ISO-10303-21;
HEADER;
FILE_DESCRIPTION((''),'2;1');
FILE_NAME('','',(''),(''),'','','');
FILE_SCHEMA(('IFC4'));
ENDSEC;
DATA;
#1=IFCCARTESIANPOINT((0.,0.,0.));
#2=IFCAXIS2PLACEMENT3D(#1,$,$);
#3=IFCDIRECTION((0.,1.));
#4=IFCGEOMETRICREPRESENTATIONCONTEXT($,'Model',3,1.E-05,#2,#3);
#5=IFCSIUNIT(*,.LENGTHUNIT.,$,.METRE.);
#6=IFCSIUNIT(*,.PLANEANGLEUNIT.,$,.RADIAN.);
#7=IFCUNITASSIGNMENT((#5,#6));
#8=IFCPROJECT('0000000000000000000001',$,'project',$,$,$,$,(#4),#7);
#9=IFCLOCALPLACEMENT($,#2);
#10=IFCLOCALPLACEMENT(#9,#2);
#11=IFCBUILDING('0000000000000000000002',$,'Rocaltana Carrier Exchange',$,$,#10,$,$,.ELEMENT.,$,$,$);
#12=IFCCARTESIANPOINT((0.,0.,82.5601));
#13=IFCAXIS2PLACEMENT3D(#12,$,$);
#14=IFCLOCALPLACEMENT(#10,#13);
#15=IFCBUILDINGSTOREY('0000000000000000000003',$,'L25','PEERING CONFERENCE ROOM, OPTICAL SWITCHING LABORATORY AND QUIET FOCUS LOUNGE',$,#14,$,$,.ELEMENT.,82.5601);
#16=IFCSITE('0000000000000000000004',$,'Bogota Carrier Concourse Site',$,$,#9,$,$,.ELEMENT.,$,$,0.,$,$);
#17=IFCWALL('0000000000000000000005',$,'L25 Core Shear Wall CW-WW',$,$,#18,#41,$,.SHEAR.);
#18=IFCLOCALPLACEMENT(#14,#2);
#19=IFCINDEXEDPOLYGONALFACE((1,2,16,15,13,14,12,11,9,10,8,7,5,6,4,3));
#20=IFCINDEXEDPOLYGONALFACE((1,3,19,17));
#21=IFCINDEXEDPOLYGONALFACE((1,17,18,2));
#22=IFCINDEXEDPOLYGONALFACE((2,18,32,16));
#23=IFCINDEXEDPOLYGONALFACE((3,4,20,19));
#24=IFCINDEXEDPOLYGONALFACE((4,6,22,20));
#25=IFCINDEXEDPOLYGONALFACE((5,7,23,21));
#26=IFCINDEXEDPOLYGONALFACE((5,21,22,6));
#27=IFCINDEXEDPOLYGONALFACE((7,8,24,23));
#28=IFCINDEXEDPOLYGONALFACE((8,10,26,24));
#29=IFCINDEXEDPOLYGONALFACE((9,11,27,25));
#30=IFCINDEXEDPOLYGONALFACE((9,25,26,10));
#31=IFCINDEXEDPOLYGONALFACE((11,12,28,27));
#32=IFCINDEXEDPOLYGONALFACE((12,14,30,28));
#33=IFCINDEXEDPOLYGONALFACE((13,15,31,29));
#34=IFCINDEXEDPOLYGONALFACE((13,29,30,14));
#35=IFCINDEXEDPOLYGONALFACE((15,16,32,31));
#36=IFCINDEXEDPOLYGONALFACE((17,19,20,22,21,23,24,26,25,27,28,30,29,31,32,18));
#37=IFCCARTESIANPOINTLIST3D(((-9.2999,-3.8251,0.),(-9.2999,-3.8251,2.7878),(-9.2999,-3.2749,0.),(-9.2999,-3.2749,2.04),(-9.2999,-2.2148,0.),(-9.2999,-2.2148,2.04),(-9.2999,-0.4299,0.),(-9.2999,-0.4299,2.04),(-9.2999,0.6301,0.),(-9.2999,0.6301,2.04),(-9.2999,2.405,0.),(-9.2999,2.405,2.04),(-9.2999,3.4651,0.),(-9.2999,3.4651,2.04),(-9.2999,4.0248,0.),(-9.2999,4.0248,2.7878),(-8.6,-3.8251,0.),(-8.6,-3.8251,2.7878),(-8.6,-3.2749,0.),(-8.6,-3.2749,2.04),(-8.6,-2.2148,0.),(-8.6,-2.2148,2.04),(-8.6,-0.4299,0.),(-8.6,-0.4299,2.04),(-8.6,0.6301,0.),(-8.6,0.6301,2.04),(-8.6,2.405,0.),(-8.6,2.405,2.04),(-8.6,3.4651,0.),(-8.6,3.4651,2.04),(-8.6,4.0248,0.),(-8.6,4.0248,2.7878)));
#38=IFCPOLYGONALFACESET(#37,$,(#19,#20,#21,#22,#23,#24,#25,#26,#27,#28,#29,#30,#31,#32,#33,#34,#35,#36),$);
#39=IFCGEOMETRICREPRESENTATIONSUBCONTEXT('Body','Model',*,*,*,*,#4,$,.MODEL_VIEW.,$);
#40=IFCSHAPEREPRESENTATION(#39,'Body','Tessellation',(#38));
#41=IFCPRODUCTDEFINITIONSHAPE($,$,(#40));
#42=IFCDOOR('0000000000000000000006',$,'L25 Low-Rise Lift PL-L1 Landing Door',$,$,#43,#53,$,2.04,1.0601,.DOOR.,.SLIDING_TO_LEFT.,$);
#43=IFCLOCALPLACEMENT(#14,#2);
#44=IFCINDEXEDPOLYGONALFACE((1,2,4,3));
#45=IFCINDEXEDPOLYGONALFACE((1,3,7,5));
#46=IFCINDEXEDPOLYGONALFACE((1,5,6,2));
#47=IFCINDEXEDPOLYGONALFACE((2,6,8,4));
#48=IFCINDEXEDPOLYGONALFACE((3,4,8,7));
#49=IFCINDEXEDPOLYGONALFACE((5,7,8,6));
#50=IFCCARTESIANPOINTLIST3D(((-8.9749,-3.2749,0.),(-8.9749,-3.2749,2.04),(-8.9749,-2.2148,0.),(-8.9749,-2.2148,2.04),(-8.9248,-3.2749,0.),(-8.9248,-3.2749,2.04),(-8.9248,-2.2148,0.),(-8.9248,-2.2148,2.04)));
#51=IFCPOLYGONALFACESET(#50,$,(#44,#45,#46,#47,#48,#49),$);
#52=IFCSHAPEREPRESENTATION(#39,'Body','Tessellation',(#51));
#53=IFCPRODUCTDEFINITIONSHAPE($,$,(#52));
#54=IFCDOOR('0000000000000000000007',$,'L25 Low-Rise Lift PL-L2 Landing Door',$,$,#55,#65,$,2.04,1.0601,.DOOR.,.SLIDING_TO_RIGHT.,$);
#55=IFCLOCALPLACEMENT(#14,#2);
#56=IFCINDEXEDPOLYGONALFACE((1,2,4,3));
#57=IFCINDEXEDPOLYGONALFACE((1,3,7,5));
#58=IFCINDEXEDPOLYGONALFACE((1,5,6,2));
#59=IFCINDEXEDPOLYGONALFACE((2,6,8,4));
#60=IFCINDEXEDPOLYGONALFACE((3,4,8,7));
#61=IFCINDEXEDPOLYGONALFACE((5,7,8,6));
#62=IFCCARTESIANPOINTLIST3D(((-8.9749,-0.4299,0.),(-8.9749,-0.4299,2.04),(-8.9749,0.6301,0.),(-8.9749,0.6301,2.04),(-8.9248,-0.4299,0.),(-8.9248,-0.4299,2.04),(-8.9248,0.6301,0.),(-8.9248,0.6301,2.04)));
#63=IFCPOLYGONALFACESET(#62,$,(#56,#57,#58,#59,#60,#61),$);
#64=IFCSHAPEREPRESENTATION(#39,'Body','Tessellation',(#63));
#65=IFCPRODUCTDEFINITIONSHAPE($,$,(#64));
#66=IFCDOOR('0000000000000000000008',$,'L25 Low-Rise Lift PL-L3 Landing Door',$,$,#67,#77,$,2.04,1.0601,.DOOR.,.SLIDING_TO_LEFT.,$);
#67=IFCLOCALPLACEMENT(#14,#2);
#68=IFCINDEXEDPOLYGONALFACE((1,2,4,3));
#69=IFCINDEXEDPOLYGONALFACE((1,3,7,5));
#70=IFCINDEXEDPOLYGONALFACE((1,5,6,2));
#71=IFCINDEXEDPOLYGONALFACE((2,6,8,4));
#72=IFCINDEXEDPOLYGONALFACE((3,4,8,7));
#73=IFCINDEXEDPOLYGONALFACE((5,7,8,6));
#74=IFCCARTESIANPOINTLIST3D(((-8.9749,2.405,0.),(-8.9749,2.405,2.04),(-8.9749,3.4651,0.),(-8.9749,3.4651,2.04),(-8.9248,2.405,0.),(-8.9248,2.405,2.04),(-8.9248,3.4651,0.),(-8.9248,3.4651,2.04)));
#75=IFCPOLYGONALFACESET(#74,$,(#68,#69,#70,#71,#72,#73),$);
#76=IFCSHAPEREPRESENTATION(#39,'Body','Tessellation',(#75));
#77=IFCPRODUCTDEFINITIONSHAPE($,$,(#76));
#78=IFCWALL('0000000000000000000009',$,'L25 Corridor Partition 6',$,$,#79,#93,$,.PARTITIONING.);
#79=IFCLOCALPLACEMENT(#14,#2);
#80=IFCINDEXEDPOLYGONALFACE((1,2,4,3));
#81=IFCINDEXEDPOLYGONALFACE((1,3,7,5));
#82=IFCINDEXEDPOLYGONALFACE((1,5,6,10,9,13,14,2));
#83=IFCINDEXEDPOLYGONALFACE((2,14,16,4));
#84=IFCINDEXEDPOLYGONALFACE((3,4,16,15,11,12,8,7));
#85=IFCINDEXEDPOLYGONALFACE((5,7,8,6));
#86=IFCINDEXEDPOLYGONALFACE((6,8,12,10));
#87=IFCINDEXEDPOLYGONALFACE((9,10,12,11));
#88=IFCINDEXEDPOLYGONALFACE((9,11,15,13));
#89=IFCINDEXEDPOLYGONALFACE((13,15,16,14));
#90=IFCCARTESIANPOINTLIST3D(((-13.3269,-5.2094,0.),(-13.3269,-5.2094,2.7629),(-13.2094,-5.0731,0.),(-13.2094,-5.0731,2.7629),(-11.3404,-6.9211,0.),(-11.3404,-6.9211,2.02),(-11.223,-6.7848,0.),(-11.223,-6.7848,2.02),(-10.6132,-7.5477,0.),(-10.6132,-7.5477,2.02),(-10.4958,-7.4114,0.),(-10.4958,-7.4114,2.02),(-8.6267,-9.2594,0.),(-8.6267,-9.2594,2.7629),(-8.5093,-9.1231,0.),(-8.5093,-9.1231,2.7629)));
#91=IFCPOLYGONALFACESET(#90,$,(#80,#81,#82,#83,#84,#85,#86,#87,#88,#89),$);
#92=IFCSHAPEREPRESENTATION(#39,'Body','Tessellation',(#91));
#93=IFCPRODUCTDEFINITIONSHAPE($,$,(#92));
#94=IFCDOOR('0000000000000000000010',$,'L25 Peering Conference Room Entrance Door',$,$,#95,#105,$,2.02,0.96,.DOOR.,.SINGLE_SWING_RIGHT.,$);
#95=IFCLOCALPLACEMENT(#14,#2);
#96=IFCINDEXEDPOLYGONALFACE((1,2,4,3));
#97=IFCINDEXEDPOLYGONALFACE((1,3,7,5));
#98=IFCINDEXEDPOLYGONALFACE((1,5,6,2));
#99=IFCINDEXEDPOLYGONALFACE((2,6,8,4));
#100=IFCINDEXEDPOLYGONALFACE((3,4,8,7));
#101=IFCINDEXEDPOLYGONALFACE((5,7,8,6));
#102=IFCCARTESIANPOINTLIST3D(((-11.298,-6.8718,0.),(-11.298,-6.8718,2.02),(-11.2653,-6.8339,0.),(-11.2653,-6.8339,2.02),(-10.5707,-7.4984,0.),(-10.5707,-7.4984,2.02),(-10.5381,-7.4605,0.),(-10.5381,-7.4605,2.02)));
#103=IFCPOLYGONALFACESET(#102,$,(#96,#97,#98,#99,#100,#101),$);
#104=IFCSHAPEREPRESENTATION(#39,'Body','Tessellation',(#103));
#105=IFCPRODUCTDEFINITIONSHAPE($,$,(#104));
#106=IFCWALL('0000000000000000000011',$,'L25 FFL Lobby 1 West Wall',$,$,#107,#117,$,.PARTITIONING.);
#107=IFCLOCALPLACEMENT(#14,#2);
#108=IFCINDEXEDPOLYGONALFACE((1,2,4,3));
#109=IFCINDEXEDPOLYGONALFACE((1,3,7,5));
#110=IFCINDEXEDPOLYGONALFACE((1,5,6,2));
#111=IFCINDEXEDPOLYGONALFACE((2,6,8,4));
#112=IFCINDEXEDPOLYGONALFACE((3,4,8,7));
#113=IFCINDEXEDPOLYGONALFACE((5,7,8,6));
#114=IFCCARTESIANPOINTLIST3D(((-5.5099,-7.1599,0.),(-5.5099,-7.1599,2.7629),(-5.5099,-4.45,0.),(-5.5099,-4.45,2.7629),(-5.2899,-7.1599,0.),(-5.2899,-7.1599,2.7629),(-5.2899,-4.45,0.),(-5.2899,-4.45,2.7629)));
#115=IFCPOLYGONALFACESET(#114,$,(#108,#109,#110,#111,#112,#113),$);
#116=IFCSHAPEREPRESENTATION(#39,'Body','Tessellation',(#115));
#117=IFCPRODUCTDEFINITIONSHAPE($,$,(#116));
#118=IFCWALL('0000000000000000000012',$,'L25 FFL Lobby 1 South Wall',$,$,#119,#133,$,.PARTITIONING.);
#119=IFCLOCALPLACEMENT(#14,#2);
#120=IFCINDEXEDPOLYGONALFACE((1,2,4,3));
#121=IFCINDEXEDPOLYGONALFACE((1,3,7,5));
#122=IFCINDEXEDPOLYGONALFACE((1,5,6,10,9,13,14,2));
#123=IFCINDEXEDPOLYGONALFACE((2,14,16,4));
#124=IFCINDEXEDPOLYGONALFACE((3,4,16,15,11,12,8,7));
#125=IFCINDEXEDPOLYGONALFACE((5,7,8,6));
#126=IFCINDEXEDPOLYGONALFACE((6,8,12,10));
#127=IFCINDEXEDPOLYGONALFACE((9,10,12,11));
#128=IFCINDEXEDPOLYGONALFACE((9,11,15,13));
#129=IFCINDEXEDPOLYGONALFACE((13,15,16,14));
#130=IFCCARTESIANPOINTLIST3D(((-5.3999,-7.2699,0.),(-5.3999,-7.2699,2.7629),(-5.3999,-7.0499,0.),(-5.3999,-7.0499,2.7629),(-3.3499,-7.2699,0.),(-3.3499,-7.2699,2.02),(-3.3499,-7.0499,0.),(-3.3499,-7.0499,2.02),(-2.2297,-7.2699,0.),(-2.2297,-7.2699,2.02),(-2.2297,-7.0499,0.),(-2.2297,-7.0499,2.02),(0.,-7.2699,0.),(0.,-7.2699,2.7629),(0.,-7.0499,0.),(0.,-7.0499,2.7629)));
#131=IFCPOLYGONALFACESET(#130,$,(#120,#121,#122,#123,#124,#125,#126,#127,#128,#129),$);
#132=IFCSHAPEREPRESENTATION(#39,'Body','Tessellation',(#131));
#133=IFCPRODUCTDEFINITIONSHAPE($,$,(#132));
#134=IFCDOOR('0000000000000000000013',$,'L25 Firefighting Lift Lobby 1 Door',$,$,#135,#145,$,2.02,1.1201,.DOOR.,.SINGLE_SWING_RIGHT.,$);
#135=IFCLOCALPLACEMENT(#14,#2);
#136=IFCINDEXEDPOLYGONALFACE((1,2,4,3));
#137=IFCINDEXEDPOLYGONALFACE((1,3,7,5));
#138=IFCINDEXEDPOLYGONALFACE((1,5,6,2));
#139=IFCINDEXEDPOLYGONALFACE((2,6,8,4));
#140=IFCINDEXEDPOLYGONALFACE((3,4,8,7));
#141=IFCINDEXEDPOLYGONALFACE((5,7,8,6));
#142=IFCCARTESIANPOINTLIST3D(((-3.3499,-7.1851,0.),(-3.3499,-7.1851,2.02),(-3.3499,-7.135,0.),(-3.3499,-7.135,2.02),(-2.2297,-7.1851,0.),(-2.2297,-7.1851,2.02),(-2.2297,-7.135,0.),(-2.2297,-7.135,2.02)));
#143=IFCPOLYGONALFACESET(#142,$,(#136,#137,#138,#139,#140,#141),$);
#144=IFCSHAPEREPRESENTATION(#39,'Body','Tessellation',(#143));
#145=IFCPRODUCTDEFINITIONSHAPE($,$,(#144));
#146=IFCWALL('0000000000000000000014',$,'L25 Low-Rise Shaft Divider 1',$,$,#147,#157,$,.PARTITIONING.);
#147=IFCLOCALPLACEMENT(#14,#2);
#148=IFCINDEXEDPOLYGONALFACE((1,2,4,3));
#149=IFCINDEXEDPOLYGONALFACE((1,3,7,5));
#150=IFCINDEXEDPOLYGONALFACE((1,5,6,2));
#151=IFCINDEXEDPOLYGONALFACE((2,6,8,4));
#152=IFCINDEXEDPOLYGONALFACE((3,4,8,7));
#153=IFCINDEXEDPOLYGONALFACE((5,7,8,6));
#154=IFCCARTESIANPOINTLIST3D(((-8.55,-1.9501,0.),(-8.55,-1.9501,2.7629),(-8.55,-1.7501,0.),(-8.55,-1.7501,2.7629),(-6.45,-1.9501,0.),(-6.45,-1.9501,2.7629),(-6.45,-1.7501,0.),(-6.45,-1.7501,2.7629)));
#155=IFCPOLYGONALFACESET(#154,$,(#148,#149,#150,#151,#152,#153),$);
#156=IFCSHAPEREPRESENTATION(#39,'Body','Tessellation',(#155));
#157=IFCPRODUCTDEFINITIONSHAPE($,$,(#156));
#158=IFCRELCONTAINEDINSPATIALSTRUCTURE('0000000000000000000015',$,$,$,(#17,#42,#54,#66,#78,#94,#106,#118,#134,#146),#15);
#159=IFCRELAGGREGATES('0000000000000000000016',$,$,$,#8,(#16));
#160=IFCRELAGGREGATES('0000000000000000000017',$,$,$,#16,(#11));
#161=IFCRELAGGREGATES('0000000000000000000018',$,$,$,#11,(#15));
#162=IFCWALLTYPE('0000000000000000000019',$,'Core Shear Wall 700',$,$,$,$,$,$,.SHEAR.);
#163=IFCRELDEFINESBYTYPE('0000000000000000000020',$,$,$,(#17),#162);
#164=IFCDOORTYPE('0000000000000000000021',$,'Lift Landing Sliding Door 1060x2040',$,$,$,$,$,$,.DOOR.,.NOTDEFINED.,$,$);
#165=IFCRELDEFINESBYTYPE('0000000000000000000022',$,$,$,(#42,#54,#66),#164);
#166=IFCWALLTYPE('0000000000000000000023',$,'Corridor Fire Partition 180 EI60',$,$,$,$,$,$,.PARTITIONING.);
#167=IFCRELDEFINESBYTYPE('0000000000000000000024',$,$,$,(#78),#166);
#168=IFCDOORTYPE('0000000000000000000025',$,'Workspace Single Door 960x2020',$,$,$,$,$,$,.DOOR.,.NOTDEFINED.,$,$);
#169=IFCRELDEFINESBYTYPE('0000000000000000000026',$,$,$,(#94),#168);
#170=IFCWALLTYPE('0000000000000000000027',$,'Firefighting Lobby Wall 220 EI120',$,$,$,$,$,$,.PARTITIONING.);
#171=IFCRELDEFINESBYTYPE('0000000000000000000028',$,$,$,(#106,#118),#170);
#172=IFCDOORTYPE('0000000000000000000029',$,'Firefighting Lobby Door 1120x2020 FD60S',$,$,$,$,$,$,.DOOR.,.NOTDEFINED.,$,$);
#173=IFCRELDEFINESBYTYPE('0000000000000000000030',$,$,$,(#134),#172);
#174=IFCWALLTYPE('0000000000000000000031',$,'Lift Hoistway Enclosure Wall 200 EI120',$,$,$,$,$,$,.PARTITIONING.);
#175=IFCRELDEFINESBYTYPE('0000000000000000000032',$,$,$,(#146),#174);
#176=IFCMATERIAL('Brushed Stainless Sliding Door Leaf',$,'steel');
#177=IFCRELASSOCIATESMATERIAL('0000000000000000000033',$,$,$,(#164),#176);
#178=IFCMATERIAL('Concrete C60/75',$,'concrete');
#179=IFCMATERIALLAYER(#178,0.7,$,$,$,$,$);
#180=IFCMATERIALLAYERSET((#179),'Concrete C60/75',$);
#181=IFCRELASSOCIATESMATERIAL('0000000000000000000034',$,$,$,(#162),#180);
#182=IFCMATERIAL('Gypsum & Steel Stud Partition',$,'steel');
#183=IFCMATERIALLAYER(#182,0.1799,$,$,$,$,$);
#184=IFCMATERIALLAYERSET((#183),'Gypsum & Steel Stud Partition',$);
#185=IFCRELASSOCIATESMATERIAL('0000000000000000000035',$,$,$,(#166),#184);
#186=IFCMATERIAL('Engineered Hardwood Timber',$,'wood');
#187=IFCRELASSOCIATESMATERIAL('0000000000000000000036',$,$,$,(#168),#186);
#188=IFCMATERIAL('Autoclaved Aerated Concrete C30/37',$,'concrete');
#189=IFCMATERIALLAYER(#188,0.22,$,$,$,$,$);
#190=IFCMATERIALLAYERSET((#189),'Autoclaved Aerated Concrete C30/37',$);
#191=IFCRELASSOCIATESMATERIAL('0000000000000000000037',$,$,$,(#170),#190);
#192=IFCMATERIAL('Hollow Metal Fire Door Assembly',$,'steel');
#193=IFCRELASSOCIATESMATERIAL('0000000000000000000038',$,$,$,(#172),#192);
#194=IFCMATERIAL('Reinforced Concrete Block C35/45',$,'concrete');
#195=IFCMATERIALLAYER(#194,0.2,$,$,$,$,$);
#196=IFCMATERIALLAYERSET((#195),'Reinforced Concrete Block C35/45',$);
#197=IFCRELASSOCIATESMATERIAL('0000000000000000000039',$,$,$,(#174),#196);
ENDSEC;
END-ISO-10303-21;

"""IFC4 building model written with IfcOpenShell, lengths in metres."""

from ifc_helpers import new_model, si_unit, direction, frame, frame_2d, origin, place, context, subcontext, project, spatial, rectangle, extrude, material, layer, layer_set, type_object, element, fill, save


model = new_model("IFC4")

# Units and contexts
model_context = context("Model", 3, precision=1e-05, world=origin(), true_north=direction((0.0, 1.0)))
body_context = subcontext(model_context, "Body", "Model", "MODEL_VIEW")
ifc_project = project(units=[si_unit("LENGTHUNIT", "METRE"), si_unit("PLANEANGLEUNIT", "RADIAN")], contexts=[model_context])

# Site, building, storey
site_placement = place(None, origin())
site = spatial("IfcSite", under=ifc_project, at=site_placement, Name="Bogota Carrier Concourse Site", CompositionType="ELEMENT", RefElevation=0.0)
building_placement = place(site_placement, origin())
building = spatial("IfcBuilding", under=site, at=building_placement, Name="Rocaltana Carrier Exchange", CompositionType="ELEMENT")
storey_placement = place(building_placement, frame((0.0, 0.0, 82.5601)))
storey = spatial("IfcBuildingStorey", under=building, at=storey_placement, Name="L25", Description="PEERING CONFERENCE ROOM, OPTICAL SWITCHING LABORATORY AND QUIET FOCUS LOUNGE", CompositionType="ELEMENT", Elevation=82.5601)

# Shared definitions
ifc_material_1 = material(Name="Brushed Stainless Sliding Door Leaf", Category="steel")
door_type_1 = type_object("IfcDoorType", Name="Lift Landing Sliding Door 1060x2040", OperationType="NOTDEFINED", PredefinedType="DOOR", material=ifc_material_1)

# Shared definitions
ifc_material_2 = material(Name="Concrete C60/75", Category="concrete")
ifc_layer_1 = layer(ifc_material_2, 0.7)
ifc_layer_set_1 = layer_set([ifc_layer_1], Name="Concrete C60/75")
wall_type_1 = type_object("IfcWallType", Name="Core Shear Wall 700", PredefinedType="SHEAR", material=ifc_layer_set_1)

# Wall, openings, doors
wall_1_placement = place(storey_placement, frame((-8.95, -3.825, 0.0), z_axis=(0.0, 0.0, 1.0), x_axis=(0.0, 1.0, 0.0)))
wall_1 = element("IfcWall", 1, at=wall_1_placement, inside=storey, type_object=wall_type_1, Name="L25 Core Shear Wall CW-WW", PredefinedType="SHEAR", context=body_context, shape_type="SweptSolid", body=[
    extrude(rectangle(XDim=7.8499, YDim=0.7, at=frame_2d((3.9248, 0.0))), origin(), (0.0, 0.0, 1.0), 2.7878),
])
opening_1_placement = place(wall_1_placement, frame((0.55, 0.0, 0.0)))
opening_1 = element("IfcOpeningElement", 2, at=opening_1_placement, cuts=wall_1, PredefinedType="OPENING", context=body_context, shape_type="SweptSolid", body=[
    extrude(rectangle(XDim=1.0601, YDim=2.04, at=frame_2d((0.53, 1.02))), frame((0.0, 0.3599, 0.0), z_axis=(0.0, -1.0, 0.0), x_axis=(1.0, 0.0, 0.0)), (0.0, 0.0, 1.0), 0.72),
])
opening_2_placement = place(wall_1_placement, frame((3.395, 0.0, 0.0)))
opening_2 = element("IfcOpeningElement", 3, at=opening_2_placement, cuts=wall_1, PredefinedType="OPENING", context=body_context, shape_type="SweptSolid", body=[
    extrude(rectangle(XDim=1.0601, YDim=2.04, at=frame_2d((0.53, 1.02))), frame((0.0, 0.3599, 0.0), z_axis=(0.0, -1.0, 0.0), x_axis=(1.0, 0.0, 0.0)), (0.0, 0.0, 1.0), 0.72),
])
opening_3_placement = place(wall_1_placement, frame((6.23, 0.0, 0.0)))
opening_3 = element("IfcOpeningElement", 4, at=opening_3_placement, cuts=wall_1, PredefinedType="OPENING", context=body_context, shape_type="SweptSolid", body=[
    extrude(rectangle(XDim=1.0601, YDim=2.04, at=frame_2d((0.53, 1.02))), frame((0.0, 0.3599, 0.0), z_axis=(0.0, -1.0, 0.0), x_axis=(1.0, 0.0, 0.0)), (0.0, 0.0, 1.0), 0.72),
])
door_1_placement = place(opening_1_placement, origin())
door_1 = element("IfcDoor", 5, at=door_1_placement, inside=storey, type_object=door_type_1, Name="L25 Low-Rise Lift PL-L1 Landing Door", OperationType="SLIDING_TO_LEFT", OverallHeight=2.04, OverallWidth=1.0601, PredefinedType="DOOR", context=body_context, shape_type="SweptSolid", body=[
    extrude(rectangle(XDim=1.0601, YDim=2.04, at=frame_2d((0.53, 1.02))), frame((0.0, 0.0249, 0.0), z_axis=(0.0, -1.0, 0.0), x_axis=(1.0, 0.0, 0.0)), (0.0, 0.0, 1.0), 0.05),
])
fill(opening_1, door_1)
door_2_placement = place(opening_2_placement, origin())
door_2 = element("IfcDoor", 6, at=door_2_placement, inside=storey, type_object=door_type_1, Name="L25 Low-Rise Lift PL-L2 Landing Door", OperationType="SLIDING_TO_RIGHT", OverallHeight=2.04, OverallWidth=1.0601, PredefinedType="DOOR", context=body_context, shape_type="SweptSolid", body=[
    extrude(rectangle(XDim=1.0601, YDim=2.04, at=frame_2d((0.53, 1.02))), frame((0.0, 0.0249, 0.0), z_axis=(0.0, -1.0, 0.0), x_axis=(1.0, 0.0, 0.0)), (0.0, 0.0, 1.0), 0.05),
])
fill(opening_2, door_2)
door_3_placement = place(opening_3_placement, origin())
door_3 = element("IfcDoor", 7, at=door_3_placement, inside=storey, type_object=door_type_1, Name="L25 Low-Rise Lift PL-L3 Landing Door", OperationType="SLIDING_TO_LEFT", OverallHeight=2.04, OverallWidth=1.0601, PredefinedType="DOOR", context=body_context, shape_type="SweptSolid", body=[
    extrude(rectangle(XDim=1.0601, YDim=2.04, at=frame_2d((0.53, 1.02))), frame((0.0, 0.0249, 0.0), z_axis=(0.0, -1.0, 0.0), x_axis=(1.0, 0.0, 0.0)), (0.0, 0.0, 1.0), 0.05),
])
fill(opening_3, door_3)

# Wall, opening, door
ifc_material_3 = material(Name="Gypsum & Steel Stud Partition", Category="steel")
ifc_layer_2 = layer(ifc_material_3, 0.1799)
ifc_layer_set_2 = layer_set([ifc_layer_2], Name="Gypsum & Steel Stud Partition")
wall_type_2 = type_object("IfcWallType", Name="Corridor Fire Partition 180 EI60", PredefinedType="PARTITIONING", material=ifc_layer_set_2)
wall_2_placement = place(storey_placement, frame((-8.5681, -9.1912, 0.0), z_axis=(0.0, 0.0, 1.0), x_axis=(-0.757557, 0.652769, 0.0)))
wall_2 = element("IfcWall", 8, at=wall_2_placement, inside=storey, type_object=wall_type_2, Name="L25 Corridor Partition 6", PredefinedType="PARTITIONING", context=body_context, shape_type="SweptSolid", body=[
    extrude(rectangle(XDim=6.2043, YDim=0.1799, at=frame_2d((3.1021, 0.0))), origin(), (0.0, 0.0, 1.0), 2.7629),
])
opening_4_placement = place(wall_2_placement, frame((2.6221, 0.0, 0.0)))
opening_4 = element("IfcOpeningElement", 9, at=opening_4_placement, cuts=wall_2, PredefinedType="OPENING", context=body_context, shape_type="SweptSolid", body=[
    extrude(rectangle(XDim=0.96, YDim=2.02, at=frame_2d((0.48, 1.01))), frame((0.0, 0.0999, 0.0), z_axis=(0.0, -1.0, 0.0), x_axis=(1.0, 0.0, 0.0)), (0.0, 0.0, 1.0), 0.2),
])
ifc_material_4 = material(Name="Engineered Hardwood Timber", Category="wood")
door_type_2 = type_object("IfcDoorType", Name="Workspace Single Door 960x2020", OperationType="NOTDEFINED", PredefinedType="DOOR", material=ifc_material_4)
door_4_placement = place(opening_4_placement, origin())
door_4 = element("IfcDoor", 10, at=door_4_placement, inside=storey, type_object=door_type_2, Name="L25 Peering Conference Room Entrance Door", OperationType="SINGLE_SWING_RIGHT", OverallHeight=2.02, OverallWidth=0.96, PredefinedType="DOOR", context=body_context, shape_type="SweptSolid", body=[
    extrude(rectangle(XDim=0.96, YDim=2.02, at=frame_2d((0.48, 1.01))), frame((0.0, 0.0249, 0.0), z_axis=(0.0, -1.0, 0.0), x_axis=(1.0, 0.0, 0.0)), (0.0, 0.0, 1.0), 0.05),
])
fill(opening_4, door_4)

# Wall
ifc_material_5 = material(Name="Autoclaved Aerated Concrete C30/37", Category="concrete")
ifc_layer_3 = layer(ifc_material_5, 0.22)
ifc_layer_set_3 = layer_set([ifc_layer_3], Name="Autoclaved Aerated Concrete C30/37")
wall_type_3 = type_object("IfcWallType", Name="Firefighting Lobby Wall 220 EI120", PredefinedType="PARTITIONING", material=ifc_layer_set_3)
wall_3_placement = place(storey_placement, frame((-5.3999, -7.1599, 0.0), z_axis=(0.0, 0.0, 1.0), x_axis=(0.0, 1.0, 0.0)))
element("IfcWall", 11, at=wall_3_placement, inside=storey, type_object=wall_type_3, Name="L25 FFL Lobby 1 West Wall", PredefinedType="PARTITIONING", context=body_context, shape_type="SweptSolid", body=[
    extrude(rectangle(XDim=2.71, YDim=0.22, at=frame_2d((1.355, 0.0))), origin(), (0.0, 0.0, 1.0), 2.7629),
])

# Wall, opening, door
wall_4_placement = place(storey_placement, frame((-5.3999, -7.1599, 0.0), z_axis=(0.0, 0.0, 1.0), x_axis=(1.0, 0.0, 0.0)))
wall_4 = element("IfcWall", 12, at=wall_4_placement, inside=storey, type_object=wall_type_3, Name="L25 FFL Lobby 1 South Wall", PredefinedType="PARTITIONING", context=body_context, shape_type="SweptSolid", body=[
    extrude(rectangle(XDim=5.3999, YDim=0.22, at=frame_2d((2.7, 0.0))), origin(), (0.0, 0.0, 1.0), 2.7629),
])
opening_5_placement = place(wall_4_placement, frame((2.05, 0.0, 0.0)))
opening_5 = element("IfcOpeningElement", 13, at=opening_5_placement, cuts=wall_4, PredefinedType="OPENING", context=body_context, shape_type="SweptSolid", body=[
    extrude(rectangle(XDim=1.1201, YDim=2.02, at=frame_2d((0.5601, 1.01))), frame((0.0, 0.1199, 0.0), z_axis=(0.0, -1.0, 0.0), x_axis=(1.0, 0.0, 0.0)), (0.0, 0.0, 1.0), 0.24),
])
ifc_material_6 = material(Name="Hollow Metal Fire Door Assembly", Category="steel")
door_type_3 = type_object("IfcDoorType", Name="Firefighting Lobby Door 1120x2020 FD60S", OperationType="NOTDEFINED", PredefinedType="DOOR", material=ifc_material_6)
door_5_placement = place(opening_5_placement, origin())
door_5 = element("IfcDoor", 14, at=door_5_placement, inside=storey, type_object=door_type_3, Name="L25 Firefighting Lift Lobby 1 Door", OperationType="SINGLE_SWING_RIGHT", OverallHeight=2.02, OverallWidth=1.1201, PredefinedType="DOOR", context=body_context, shape_type="SweptSolid", body=[
    extrude(rectangle(XDim=1.1201, YDim=2.02, at=frame_2d((0.5601, 1.01))), frame((0.0, 0.0249, 0.0), z_axis=(0.0, -1.0, 0.0), x_axis=(1.0, 0.0, 0.0)), (0.0, 0.0, 1.0), 0.05),
])
fill(opening_5, door_5)

# Wall
ifc_material_7 = material(Name="Reinforced Concrete Block C35/45", Category="concrete")
ifc_layer_4 = layer(ifc_material_7, 0.2)
ifc_layer_set_4 = layer_set([ifc_layer_4], Name="Reinforced Concrete Block C35/45")
wall_type_4 = type_object("IfcWallType", Name="Lift Hoistway Enclosure Wall 200 EI120", PredefinedType="PARTITIONING", material=ifc_layer_set_4)
wall_5_placement = place(storey_placement, frame((-8.55, -1.8501, 0.0), z_axis=(0.0, 0.0, 1.0), x_axis=(1.0, 0.0, 0.0)))
element("IfcWall", 15, at=wall_5_placement, inside=storey, type_object=wall_type_4, Name="L25 Low-Rise Shaft Divider 1", PredefinedType="PARTITIONING", context=body_context, shape_type="SweptSolid", body=[
    extrude(rectangle(XDim=2.1001, YDim=0.2, at=frame_2d((1.05, 0.0))), origin(), (0.0, 0.0, 1.0), 2.7629),
])

save(model, "model.ifc")
